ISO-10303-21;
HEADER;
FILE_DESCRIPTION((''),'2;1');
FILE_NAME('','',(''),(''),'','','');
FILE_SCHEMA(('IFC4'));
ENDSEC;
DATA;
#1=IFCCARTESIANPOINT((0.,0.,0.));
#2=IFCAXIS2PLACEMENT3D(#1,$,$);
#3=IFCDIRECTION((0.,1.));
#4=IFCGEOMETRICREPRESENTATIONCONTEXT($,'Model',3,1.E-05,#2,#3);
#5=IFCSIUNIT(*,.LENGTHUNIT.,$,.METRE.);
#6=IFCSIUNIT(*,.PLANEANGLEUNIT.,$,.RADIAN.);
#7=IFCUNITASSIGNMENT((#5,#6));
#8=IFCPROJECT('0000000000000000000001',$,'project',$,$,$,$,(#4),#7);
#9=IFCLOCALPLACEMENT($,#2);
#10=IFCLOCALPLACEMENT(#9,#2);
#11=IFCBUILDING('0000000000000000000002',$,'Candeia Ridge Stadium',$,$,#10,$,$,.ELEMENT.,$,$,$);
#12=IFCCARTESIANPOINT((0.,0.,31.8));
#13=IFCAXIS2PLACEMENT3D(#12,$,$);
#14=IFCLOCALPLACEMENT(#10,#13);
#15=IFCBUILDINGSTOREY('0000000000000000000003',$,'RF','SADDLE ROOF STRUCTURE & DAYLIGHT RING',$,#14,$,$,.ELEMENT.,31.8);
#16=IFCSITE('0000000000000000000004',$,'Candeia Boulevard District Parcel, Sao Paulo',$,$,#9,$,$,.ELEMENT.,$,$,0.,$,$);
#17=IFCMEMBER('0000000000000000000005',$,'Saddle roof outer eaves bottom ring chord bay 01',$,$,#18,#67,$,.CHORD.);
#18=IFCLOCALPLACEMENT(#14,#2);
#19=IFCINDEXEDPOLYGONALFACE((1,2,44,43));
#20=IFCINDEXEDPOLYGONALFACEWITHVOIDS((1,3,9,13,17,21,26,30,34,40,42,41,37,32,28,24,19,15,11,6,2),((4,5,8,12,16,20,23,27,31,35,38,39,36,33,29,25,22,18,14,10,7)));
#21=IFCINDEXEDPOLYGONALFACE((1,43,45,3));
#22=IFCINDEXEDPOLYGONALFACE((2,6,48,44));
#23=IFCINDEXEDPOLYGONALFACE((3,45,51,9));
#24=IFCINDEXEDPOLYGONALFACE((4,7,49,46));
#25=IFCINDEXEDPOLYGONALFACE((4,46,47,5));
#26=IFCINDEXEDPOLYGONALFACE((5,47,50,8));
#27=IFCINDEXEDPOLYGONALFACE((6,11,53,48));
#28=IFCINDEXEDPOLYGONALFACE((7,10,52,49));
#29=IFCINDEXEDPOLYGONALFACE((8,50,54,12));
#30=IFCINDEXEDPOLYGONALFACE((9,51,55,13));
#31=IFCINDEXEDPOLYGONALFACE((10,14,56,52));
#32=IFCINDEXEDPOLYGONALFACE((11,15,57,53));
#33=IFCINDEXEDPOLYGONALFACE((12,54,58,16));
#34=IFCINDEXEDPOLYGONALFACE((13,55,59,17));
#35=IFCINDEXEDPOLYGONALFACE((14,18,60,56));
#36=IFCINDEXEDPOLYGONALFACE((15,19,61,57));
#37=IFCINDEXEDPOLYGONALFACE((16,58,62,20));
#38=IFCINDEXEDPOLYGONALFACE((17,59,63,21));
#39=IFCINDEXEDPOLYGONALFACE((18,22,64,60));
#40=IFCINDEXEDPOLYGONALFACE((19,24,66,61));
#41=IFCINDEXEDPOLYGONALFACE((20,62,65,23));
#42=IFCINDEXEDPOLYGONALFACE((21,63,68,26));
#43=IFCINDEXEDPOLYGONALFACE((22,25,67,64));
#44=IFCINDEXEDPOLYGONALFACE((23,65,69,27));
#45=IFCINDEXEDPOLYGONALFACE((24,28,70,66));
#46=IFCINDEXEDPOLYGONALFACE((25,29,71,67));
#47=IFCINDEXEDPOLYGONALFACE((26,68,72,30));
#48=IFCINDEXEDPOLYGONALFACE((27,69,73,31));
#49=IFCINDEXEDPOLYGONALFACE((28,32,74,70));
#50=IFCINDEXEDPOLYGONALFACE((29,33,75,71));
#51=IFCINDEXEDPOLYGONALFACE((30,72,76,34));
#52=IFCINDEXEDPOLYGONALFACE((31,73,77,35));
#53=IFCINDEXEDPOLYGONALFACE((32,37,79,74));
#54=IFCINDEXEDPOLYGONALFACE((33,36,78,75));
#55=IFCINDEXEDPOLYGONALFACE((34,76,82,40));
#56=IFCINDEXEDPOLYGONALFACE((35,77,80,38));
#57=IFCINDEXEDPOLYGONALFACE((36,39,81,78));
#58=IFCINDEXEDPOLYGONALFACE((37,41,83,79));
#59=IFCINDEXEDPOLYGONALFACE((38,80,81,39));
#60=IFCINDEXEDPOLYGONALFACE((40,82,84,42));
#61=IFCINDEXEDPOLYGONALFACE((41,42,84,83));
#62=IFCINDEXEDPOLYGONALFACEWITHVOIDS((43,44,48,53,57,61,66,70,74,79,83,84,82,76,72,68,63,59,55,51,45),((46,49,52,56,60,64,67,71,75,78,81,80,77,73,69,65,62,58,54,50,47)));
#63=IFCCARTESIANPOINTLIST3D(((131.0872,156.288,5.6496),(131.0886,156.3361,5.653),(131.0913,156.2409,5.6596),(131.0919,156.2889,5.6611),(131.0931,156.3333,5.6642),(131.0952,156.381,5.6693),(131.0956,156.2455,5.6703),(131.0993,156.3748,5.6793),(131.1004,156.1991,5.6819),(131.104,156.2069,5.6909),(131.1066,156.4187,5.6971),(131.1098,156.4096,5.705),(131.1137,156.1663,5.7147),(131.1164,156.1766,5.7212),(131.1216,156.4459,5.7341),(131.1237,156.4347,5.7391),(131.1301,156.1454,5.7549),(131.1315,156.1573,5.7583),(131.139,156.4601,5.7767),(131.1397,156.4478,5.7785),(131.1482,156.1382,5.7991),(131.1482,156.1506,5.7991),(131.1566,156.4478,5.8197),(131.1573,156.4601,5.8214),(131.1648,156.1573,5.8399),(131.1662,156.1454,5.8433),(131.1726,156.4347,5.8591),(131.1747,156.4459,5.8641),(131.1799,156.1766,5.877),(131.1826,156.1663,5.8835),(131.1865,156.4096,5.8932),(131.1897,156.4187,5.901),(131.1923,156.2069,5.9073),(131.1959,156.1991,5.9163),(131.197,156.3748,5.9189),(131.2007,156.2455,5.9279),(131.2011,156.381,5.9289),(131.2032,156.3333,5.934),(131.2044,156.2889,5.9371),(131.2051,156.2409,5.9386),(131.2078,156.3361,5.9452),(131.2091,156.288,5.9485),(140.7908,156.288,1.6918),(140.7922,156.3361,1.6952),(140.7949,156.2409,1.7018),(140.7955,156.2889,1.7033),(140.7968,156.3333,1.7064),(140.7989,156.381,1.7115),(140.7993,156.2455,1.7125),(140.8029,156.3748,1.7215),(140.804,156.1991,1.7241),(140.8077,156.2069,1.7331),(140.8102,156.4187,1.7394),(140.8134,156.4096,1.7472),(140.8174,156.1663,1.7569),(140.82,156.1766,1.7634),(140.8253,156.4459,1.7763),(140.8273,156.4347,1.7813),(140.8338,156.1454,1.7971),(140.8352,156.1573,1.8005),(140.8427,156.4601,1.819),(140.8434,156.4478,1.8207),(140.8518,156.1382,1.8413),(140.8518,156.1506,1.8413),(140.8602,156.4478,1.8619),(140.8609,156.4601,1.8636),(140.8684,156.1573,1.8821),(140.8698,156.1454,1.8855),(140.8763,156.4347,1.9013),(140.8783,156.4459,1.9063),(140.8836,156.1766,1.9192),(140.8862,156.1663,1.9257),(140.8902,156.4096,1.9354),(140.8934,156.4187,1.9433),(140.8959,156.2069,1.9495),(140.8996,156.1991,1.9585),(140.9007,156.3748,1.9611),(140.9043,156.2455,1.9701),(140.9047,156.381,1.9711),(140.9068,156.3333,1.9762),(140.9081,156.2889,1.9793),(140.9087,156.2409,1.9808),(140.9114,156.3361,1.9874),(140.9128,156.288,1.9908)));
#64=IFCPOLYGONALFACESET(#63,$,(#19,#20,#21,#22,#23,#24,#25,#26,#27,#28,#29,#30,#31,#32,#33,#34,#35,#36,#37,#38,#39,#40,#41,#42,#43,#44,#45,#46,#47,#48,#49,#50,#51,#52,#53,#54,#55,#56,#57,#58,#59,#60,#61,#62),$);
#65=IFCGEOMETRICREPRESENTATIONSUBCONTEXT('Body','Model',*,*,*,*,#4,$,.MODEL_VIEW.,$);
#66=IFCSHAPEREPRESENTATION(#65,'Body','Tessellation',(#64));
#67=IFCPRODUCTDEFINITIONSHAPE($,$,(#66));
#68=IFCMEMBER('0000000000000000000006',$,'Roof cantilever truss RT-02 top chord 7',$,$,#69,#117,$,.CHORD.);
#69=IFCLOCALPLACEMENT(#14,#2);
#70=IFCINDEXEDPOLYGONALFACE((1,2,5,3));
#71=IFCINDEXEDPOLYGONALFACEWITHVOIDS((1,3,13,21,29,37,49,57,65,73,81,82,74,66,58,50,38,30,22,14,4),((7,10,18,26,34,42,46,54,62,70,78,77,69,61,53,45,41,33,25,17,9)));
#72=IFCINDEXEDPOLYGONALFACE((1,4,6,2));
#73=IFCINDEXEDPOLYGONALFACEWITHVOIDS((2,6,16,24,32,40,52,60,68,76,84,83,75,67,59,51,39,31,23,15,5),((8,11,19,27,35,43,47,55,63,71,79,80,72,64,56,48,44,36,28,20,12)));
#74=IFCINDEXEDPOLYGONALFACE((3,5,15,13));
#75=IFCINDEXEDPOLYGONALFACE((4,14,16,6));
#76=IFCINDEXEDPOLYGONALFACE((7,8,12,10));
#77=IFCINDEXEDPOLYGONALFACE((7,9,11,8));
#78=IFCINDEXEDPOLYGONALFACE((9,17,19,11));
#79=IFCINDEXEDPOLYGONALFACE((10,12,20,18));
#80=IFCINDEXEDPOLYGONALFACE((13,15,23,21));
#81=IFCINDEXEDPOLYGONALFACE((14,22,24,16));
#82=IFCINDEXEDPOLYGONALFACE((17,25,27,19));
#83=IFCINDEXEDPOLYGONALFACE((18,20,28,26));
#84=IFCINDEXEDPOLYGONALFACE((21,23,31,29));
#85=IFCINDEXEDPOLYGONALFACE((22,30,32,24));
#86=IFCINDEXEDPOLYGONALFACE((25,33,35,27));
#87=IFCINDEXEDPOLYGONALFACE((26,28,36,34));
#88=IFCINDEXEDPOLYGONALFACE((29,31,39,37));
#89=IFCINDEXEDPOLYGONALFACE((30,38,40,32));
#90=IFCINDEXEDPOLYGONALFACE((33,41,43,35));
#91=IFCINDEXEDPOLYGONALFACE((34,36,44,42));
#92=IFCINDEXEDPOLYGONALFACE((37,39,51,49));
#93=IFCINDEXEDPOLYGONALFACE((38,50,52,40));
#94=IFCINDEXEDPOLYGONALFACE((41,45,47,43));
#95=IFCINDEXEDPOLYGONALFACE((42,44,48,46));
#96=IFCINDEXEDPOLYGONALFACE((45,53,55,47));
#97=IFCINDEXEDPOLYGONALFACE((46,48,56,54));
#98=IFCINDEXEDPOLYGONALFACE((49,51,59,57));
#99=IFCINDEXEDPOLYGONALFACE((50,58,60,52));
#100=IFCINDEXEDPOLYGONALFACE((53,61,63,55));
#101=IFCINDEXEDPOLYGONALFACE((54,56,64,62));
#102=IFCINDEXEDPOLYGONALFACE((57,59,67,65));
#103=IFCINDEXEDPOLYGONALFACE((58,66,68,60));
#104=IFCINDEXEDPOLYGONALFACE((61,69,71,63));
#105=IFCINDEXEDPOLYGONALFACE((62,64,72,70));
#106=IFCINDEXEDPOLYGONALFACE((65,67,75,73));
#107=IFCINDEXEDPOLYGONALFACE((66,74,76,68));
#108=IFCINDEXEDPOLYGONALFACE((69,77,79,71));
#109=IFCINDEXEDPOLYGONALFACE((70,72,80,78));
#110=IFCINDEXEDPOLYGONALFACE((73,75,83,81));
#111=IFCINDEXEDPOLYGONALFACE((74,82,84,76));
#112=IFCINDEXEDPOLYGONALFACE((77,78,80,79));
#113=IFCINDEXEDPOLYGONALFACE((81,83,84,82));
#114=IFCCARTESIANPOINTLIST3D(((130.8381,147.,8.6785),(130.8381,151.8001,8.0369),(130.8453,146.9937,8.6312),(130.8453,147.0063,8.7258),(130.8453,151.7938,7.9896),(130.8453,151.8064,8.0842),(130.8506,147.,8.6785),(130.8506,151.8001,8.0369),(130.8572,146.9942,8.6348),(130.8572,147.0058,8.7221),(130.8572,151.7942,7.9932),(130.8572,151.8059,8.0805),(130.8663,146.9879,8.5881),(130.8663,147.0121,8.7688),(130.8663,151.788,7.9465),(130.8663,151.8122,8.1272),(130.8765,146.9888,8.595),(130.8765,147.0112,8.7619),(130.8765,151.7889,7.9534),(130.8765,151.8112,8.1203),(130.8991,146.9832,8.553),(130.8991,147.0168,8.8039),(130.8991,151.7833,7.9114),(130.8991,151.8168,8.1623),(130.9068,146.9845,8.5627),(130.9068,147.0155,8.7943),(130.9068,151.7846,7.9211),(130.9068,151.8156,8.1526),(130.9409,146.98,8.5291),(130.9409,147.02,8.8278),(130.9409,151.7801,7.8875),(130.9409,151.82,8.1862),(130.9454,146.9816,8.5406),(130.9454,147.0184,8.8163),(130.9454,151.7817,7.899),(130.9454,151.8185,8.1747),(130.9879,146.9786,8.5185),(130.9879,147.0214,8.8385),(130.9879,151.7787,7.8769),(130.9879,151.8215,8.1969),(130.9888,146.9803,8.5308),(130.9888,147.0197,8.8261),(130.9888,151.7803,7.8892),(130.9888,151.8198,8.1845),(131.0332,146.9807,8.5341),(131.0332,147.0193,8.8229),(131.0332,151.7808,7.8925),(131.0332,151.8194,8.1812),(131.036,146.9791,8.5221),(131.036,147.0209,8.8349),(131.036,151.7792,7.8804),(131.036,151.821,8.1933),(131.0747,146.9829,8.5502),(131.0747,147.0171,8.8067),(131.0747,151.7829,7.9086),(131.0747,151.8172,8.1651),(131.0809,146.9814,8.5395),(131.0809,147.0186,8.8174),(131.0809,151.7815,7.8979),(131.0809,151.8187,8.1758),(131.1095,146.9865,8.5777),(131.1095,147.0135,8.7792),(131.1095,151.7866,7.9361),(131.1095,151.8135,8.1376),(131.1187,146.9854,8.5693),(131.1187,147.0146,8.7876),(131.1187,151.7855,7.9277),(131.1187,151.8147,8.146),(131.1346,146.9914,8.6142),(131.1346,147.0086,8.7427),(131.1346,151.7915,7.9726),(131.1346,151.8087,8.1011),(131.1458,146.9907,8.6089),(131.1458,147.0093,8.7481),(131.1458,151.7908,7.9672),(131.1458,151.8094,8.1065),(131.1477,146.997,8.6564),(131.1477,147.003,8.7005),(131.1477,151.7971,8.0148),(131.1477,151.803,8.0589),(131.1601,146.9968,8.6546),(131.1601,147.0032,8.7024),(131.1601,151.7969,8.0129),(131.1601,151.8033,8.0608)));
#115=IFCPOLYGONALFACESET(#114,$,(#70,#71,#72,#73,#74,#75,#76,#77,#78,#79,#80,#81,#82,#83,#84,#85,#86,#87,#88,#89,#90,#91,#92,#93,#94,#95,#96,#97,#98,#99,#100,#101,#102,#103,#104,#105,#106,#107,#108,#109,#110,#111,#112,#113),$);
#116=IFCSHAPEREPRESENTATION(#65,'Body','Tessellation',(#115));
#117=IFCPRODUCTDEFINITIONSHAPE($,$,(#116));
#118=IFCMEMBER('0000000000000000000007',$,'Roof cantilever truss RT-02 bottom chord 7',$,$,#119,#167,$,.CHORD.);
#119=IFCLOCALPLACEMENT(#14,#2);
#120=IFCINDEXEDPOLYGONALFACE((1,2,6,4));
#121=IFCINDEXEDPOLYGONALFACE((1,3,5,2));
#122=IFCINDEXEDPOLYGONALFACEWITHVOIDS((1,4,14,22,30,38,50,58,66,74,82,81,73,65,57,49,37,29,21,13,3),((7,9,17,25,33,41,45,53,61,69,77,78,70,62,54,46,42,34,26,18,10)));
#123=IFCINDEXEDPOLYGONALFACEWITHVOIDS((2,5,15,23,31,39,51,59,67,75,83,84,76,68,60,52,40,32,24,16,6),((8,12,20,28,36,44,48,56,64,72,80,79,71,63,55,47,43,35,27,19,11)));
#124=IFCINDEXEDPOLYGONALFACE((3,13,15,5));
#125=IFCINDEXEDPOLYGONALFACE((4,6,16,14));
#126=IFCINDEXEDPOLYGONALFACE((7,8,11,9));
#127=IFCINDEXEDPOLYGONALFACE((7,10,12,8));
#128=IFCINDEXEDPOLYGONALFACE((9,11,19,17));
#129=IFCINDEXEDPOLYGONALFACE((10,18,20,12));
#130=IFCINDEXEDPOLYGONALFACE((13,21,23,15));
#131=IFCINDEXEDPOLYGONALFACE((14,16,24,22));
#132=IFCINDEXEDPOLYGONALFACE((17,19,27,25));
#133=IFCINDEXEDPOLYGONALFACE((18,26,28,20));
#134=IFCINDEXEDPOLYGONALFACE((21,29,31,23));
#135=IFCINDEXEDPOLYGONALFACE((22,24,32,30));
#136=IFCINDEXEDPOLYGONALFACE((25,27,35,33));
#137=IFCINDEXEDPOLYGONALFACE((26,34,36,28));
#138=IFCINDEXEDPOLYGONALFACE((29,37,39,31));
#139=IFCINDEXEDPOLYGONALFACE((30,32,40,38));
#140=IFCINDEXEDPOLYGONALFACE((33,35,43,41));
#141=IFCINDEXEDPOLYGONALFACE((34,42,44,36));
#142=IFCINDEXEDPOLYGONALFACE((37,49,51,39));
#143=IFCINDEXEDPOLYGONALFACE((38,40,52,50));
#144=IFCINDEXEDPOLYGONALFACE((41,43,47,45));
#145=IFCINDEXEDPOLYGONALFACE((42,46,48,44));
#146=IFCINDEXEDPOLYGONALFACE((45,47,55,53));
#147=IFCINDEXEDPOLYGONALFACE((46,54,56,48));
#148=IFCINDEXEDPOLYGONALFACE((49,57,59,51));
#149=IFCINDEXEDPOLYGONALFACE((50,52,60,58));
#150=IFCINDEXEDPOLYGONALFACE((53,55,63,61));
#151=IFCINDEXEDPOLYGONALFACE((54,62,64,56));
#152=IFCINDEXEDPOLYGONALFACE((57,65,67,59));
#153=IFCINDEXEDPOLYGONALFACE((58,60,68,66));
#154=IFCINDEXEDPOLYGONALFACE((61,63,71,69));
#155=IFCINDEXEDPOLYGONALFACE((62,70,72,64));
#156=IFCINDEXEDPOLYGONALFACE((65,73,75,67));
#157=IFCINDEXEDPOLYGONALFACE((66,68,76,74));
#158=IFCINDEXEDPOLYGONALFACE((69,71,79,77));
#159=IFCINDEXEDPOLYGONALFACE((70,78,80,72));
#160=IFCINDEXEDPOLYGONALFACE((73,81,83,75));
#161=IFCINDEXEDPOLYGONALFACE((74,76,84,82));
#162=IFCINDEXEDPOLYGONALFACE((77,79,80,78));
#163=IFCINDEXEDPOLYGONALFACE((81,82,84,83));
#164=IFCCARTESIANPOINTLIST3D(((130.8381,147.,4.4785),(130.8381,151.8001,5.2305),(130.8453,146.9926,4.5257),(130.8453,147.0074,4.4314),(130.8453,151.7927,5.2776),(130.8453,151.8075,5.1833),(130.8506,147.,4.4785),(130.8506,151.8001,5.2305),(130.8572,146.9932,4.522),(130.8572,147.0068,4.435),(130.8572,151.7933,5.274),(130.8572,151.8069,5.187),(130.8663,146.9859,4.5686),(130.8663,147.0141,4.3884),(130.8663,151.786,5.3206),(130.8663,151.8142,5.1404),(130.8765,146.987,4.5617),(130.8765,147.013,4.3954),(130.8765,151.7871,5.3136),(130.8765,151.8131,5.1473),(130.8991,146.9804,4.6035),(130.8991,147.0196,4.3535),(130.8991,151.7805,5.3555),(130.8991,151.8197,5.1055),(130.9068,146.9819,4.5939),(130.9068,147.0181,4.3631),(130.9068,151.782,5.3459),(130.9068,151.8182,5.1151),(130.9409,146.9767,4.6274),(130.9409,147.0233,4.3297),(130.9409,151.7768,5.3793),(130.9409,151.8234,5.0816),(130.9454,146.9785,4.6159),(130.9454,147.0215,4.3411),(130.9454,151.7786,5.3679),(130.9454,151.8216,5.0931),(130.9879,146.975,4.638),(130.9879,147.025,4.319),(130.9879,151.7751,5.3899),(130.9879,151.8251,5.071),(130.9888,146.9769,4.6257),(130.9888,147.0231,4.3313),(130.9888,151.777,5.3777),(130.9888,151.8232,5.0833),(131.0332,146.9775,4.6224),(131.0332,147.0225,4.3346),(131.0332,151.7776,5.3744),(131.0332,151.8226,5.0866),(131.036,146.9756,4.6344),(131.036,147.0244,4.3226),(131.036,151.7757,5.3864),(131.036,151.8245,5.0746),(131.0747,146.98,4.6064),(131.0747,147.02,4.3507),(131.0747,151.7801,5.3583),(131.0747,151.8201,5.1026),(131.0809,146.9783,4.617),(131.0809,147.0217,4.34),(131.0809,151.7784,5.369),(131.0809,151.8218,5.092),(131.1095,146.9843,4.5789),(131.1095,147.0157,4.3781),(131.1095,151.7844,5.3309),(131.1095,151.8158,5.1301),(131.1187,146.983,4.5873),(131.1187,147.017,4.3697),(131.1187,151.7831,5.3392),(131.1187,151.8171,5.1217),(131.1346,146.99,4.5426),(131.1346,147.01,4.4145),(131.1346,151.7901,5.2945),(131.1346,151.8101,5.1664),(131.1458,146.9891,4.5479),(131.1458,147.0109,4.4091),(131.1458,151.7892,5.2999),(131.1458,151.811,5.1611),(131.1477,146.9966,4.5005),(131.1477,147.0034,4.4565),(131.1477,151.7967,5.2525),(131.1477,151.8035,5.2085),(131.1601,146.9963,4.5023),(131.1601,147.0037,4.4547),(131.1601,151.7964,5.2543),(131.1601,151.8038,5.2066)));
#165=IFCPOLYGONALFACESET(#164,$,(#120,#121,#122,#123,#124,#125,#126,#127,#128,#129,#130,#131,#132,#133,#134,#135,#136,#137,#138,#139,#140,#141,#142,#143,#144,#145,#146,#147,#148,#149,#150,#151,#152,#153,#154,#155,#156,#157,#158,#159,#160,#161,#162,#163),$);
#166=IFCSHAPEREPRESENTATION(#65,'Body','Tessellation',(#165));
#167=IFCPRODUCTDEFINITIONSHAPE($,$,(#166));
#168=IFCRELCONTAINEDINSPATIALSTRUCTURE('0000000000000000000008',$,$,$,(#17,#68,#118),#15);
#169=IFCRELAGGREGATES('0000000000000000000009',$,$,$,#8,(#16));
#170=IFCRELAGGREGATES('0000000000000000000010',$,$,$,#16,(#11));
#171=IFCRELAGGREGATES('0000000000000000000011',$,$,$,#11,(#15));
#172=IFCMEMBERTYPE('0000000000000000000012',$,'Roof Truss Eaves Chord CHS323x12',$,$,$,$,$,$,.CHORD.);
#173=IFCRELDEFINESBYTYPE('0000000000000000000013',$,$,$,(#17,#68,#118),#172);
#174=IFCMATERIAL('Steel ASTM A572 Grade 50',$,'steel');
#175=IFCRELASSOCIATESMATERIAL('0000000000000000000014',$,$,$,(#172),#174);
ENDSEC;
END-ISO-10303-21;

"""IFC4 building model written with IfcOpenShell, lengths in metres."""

from ifc_helpers import new_model, si_unit, direction, frame, origin, origin_2d, place, context, subcontext, project, spatial, hollow_circle, extrude, material, material_profile, profile_set, type_object, element, save


model = new_model("IFC4")

# Units and contexts
model_context = context("Model", 3, precision=1e-05, world=origin(), true_north=direction((0.0, 1.0)))
body_context = subcontext(model_context, "Body", "Model", "MODEL_VIEW")
ifc_project = project(units=[si_unit("LENGTHUNIT", "METRE"), si_unit("PLANEANGLEUNIT", "RADIAN")], contexts=[model_context])

# Site, building, storey
site_placement = place(None, origin())
site = spatial("IfcSite", under=ifc_project, at=site_placement, Name="Candeia Boulevard District Parcel, Sao Paulo", CompositionType="ELEMENT", RefElevation=0.0)
building_placement = place(site_placement, origin())
building = spatial("IfcBuilding", under=site, at=building_placement, Name="Candeia Ridge Stadium", CompositionType="ELEMENT")
storey_placement = place(building_placement, frame((0.0, 0.0, 31.8)))
storey = spatial("IfcBuildingStorey", under=building, at=storey_placement, Name="RF", Description="SADDLE ROOF STRUCTURE & DAYLIGHT RING", CompositionType="ELEMENT", Elevation=31.8)

# Shared definitions
ifc_material_1 = material(Name="Steel ASTM A572 Grade 50", Category="steel")

# Members
ifc_material_profile_1 = material_profile(ifc_material_1, hollow_circle(Radius=0.1619, WallThickness=0.0125, at=origin_2d()), Name="CHS323x12", Category="steel")
ifc_profile_set_1 = profile_set([ifc_material_profile_1], Name="Steel ASTM A572 Grade 50")
member_type_1 = type_object("IfcMemberType", Name="Roof Truss Eaves Chord CHS323x12", PredefinedType="CHORD", material=ifc_profile_set_1)
for number, where, z_axis, x_axis, name in (
    (1, (140.8518, 156.3, 1.8413), (-0.925944, 0.0, 0.37766), (0.0, -1.0, 0.0), "Saddle roof outer eaves bottom ring chord bay 01"),
):
    element("IfcMember", number, at=place(storey_placement, frame(where, z_axis=z_axis, x_axis=x_axis)), inside=storey, type_object=member_type_1, Name=name, PredefinedType="CHORD", context=body_context, shape_type="SweptSolid", body=[
        extrude(hollow_circle(Radius=0.1619, WallThickness=0.0125, at=origin_2d()), origin(), (0.0, 0.0, 1.0), 10.4797),
    ])
member_1_placement = place(storey_placement, frame((131.0, 147.0, 8.6785), z_axis=(0.0, 0.991185, -0.132487), x_axis=(-1.0, 0.0, 0.0)))
element("IfcMember", 2, at=member_1_placement, inside=storey, type_object=member_type_1, Name="Roof cantilever truss RT-02 top chord 7", PredefinedType="CHORD", context=body_context, shape_type="SweptSolid", body=[
    extrude(hollow_circle(Radius=0.1619, WallThickness=0.0125, at=origin_2d()), origin(), (0.0, 0.0, 1.0), 4.8428),
])
member_2_placement = place(storey_placement, frame((131.0, 147.0, 4.4785), z_axis=(0.0, 0.987951, 0.154768), x_axis=(-1.0, 0.0, 0.0)))
element("IfcMember", 3, at=member_2_placement, inside=storey, type_object=member_type_1, Name="Roof cantilever truss RT-02 bottom chord 7", PredefinedType="CHORD", context=body_context, shape_type="SweptSolid", body=[
    extrude(hollow_circle(Radius=0.1619, WallThickness=0.0125, at=origin_2d()), origin(), (0.0, 0.0, 1.0), 4.8586),
])

save(model, "model.ifc")
